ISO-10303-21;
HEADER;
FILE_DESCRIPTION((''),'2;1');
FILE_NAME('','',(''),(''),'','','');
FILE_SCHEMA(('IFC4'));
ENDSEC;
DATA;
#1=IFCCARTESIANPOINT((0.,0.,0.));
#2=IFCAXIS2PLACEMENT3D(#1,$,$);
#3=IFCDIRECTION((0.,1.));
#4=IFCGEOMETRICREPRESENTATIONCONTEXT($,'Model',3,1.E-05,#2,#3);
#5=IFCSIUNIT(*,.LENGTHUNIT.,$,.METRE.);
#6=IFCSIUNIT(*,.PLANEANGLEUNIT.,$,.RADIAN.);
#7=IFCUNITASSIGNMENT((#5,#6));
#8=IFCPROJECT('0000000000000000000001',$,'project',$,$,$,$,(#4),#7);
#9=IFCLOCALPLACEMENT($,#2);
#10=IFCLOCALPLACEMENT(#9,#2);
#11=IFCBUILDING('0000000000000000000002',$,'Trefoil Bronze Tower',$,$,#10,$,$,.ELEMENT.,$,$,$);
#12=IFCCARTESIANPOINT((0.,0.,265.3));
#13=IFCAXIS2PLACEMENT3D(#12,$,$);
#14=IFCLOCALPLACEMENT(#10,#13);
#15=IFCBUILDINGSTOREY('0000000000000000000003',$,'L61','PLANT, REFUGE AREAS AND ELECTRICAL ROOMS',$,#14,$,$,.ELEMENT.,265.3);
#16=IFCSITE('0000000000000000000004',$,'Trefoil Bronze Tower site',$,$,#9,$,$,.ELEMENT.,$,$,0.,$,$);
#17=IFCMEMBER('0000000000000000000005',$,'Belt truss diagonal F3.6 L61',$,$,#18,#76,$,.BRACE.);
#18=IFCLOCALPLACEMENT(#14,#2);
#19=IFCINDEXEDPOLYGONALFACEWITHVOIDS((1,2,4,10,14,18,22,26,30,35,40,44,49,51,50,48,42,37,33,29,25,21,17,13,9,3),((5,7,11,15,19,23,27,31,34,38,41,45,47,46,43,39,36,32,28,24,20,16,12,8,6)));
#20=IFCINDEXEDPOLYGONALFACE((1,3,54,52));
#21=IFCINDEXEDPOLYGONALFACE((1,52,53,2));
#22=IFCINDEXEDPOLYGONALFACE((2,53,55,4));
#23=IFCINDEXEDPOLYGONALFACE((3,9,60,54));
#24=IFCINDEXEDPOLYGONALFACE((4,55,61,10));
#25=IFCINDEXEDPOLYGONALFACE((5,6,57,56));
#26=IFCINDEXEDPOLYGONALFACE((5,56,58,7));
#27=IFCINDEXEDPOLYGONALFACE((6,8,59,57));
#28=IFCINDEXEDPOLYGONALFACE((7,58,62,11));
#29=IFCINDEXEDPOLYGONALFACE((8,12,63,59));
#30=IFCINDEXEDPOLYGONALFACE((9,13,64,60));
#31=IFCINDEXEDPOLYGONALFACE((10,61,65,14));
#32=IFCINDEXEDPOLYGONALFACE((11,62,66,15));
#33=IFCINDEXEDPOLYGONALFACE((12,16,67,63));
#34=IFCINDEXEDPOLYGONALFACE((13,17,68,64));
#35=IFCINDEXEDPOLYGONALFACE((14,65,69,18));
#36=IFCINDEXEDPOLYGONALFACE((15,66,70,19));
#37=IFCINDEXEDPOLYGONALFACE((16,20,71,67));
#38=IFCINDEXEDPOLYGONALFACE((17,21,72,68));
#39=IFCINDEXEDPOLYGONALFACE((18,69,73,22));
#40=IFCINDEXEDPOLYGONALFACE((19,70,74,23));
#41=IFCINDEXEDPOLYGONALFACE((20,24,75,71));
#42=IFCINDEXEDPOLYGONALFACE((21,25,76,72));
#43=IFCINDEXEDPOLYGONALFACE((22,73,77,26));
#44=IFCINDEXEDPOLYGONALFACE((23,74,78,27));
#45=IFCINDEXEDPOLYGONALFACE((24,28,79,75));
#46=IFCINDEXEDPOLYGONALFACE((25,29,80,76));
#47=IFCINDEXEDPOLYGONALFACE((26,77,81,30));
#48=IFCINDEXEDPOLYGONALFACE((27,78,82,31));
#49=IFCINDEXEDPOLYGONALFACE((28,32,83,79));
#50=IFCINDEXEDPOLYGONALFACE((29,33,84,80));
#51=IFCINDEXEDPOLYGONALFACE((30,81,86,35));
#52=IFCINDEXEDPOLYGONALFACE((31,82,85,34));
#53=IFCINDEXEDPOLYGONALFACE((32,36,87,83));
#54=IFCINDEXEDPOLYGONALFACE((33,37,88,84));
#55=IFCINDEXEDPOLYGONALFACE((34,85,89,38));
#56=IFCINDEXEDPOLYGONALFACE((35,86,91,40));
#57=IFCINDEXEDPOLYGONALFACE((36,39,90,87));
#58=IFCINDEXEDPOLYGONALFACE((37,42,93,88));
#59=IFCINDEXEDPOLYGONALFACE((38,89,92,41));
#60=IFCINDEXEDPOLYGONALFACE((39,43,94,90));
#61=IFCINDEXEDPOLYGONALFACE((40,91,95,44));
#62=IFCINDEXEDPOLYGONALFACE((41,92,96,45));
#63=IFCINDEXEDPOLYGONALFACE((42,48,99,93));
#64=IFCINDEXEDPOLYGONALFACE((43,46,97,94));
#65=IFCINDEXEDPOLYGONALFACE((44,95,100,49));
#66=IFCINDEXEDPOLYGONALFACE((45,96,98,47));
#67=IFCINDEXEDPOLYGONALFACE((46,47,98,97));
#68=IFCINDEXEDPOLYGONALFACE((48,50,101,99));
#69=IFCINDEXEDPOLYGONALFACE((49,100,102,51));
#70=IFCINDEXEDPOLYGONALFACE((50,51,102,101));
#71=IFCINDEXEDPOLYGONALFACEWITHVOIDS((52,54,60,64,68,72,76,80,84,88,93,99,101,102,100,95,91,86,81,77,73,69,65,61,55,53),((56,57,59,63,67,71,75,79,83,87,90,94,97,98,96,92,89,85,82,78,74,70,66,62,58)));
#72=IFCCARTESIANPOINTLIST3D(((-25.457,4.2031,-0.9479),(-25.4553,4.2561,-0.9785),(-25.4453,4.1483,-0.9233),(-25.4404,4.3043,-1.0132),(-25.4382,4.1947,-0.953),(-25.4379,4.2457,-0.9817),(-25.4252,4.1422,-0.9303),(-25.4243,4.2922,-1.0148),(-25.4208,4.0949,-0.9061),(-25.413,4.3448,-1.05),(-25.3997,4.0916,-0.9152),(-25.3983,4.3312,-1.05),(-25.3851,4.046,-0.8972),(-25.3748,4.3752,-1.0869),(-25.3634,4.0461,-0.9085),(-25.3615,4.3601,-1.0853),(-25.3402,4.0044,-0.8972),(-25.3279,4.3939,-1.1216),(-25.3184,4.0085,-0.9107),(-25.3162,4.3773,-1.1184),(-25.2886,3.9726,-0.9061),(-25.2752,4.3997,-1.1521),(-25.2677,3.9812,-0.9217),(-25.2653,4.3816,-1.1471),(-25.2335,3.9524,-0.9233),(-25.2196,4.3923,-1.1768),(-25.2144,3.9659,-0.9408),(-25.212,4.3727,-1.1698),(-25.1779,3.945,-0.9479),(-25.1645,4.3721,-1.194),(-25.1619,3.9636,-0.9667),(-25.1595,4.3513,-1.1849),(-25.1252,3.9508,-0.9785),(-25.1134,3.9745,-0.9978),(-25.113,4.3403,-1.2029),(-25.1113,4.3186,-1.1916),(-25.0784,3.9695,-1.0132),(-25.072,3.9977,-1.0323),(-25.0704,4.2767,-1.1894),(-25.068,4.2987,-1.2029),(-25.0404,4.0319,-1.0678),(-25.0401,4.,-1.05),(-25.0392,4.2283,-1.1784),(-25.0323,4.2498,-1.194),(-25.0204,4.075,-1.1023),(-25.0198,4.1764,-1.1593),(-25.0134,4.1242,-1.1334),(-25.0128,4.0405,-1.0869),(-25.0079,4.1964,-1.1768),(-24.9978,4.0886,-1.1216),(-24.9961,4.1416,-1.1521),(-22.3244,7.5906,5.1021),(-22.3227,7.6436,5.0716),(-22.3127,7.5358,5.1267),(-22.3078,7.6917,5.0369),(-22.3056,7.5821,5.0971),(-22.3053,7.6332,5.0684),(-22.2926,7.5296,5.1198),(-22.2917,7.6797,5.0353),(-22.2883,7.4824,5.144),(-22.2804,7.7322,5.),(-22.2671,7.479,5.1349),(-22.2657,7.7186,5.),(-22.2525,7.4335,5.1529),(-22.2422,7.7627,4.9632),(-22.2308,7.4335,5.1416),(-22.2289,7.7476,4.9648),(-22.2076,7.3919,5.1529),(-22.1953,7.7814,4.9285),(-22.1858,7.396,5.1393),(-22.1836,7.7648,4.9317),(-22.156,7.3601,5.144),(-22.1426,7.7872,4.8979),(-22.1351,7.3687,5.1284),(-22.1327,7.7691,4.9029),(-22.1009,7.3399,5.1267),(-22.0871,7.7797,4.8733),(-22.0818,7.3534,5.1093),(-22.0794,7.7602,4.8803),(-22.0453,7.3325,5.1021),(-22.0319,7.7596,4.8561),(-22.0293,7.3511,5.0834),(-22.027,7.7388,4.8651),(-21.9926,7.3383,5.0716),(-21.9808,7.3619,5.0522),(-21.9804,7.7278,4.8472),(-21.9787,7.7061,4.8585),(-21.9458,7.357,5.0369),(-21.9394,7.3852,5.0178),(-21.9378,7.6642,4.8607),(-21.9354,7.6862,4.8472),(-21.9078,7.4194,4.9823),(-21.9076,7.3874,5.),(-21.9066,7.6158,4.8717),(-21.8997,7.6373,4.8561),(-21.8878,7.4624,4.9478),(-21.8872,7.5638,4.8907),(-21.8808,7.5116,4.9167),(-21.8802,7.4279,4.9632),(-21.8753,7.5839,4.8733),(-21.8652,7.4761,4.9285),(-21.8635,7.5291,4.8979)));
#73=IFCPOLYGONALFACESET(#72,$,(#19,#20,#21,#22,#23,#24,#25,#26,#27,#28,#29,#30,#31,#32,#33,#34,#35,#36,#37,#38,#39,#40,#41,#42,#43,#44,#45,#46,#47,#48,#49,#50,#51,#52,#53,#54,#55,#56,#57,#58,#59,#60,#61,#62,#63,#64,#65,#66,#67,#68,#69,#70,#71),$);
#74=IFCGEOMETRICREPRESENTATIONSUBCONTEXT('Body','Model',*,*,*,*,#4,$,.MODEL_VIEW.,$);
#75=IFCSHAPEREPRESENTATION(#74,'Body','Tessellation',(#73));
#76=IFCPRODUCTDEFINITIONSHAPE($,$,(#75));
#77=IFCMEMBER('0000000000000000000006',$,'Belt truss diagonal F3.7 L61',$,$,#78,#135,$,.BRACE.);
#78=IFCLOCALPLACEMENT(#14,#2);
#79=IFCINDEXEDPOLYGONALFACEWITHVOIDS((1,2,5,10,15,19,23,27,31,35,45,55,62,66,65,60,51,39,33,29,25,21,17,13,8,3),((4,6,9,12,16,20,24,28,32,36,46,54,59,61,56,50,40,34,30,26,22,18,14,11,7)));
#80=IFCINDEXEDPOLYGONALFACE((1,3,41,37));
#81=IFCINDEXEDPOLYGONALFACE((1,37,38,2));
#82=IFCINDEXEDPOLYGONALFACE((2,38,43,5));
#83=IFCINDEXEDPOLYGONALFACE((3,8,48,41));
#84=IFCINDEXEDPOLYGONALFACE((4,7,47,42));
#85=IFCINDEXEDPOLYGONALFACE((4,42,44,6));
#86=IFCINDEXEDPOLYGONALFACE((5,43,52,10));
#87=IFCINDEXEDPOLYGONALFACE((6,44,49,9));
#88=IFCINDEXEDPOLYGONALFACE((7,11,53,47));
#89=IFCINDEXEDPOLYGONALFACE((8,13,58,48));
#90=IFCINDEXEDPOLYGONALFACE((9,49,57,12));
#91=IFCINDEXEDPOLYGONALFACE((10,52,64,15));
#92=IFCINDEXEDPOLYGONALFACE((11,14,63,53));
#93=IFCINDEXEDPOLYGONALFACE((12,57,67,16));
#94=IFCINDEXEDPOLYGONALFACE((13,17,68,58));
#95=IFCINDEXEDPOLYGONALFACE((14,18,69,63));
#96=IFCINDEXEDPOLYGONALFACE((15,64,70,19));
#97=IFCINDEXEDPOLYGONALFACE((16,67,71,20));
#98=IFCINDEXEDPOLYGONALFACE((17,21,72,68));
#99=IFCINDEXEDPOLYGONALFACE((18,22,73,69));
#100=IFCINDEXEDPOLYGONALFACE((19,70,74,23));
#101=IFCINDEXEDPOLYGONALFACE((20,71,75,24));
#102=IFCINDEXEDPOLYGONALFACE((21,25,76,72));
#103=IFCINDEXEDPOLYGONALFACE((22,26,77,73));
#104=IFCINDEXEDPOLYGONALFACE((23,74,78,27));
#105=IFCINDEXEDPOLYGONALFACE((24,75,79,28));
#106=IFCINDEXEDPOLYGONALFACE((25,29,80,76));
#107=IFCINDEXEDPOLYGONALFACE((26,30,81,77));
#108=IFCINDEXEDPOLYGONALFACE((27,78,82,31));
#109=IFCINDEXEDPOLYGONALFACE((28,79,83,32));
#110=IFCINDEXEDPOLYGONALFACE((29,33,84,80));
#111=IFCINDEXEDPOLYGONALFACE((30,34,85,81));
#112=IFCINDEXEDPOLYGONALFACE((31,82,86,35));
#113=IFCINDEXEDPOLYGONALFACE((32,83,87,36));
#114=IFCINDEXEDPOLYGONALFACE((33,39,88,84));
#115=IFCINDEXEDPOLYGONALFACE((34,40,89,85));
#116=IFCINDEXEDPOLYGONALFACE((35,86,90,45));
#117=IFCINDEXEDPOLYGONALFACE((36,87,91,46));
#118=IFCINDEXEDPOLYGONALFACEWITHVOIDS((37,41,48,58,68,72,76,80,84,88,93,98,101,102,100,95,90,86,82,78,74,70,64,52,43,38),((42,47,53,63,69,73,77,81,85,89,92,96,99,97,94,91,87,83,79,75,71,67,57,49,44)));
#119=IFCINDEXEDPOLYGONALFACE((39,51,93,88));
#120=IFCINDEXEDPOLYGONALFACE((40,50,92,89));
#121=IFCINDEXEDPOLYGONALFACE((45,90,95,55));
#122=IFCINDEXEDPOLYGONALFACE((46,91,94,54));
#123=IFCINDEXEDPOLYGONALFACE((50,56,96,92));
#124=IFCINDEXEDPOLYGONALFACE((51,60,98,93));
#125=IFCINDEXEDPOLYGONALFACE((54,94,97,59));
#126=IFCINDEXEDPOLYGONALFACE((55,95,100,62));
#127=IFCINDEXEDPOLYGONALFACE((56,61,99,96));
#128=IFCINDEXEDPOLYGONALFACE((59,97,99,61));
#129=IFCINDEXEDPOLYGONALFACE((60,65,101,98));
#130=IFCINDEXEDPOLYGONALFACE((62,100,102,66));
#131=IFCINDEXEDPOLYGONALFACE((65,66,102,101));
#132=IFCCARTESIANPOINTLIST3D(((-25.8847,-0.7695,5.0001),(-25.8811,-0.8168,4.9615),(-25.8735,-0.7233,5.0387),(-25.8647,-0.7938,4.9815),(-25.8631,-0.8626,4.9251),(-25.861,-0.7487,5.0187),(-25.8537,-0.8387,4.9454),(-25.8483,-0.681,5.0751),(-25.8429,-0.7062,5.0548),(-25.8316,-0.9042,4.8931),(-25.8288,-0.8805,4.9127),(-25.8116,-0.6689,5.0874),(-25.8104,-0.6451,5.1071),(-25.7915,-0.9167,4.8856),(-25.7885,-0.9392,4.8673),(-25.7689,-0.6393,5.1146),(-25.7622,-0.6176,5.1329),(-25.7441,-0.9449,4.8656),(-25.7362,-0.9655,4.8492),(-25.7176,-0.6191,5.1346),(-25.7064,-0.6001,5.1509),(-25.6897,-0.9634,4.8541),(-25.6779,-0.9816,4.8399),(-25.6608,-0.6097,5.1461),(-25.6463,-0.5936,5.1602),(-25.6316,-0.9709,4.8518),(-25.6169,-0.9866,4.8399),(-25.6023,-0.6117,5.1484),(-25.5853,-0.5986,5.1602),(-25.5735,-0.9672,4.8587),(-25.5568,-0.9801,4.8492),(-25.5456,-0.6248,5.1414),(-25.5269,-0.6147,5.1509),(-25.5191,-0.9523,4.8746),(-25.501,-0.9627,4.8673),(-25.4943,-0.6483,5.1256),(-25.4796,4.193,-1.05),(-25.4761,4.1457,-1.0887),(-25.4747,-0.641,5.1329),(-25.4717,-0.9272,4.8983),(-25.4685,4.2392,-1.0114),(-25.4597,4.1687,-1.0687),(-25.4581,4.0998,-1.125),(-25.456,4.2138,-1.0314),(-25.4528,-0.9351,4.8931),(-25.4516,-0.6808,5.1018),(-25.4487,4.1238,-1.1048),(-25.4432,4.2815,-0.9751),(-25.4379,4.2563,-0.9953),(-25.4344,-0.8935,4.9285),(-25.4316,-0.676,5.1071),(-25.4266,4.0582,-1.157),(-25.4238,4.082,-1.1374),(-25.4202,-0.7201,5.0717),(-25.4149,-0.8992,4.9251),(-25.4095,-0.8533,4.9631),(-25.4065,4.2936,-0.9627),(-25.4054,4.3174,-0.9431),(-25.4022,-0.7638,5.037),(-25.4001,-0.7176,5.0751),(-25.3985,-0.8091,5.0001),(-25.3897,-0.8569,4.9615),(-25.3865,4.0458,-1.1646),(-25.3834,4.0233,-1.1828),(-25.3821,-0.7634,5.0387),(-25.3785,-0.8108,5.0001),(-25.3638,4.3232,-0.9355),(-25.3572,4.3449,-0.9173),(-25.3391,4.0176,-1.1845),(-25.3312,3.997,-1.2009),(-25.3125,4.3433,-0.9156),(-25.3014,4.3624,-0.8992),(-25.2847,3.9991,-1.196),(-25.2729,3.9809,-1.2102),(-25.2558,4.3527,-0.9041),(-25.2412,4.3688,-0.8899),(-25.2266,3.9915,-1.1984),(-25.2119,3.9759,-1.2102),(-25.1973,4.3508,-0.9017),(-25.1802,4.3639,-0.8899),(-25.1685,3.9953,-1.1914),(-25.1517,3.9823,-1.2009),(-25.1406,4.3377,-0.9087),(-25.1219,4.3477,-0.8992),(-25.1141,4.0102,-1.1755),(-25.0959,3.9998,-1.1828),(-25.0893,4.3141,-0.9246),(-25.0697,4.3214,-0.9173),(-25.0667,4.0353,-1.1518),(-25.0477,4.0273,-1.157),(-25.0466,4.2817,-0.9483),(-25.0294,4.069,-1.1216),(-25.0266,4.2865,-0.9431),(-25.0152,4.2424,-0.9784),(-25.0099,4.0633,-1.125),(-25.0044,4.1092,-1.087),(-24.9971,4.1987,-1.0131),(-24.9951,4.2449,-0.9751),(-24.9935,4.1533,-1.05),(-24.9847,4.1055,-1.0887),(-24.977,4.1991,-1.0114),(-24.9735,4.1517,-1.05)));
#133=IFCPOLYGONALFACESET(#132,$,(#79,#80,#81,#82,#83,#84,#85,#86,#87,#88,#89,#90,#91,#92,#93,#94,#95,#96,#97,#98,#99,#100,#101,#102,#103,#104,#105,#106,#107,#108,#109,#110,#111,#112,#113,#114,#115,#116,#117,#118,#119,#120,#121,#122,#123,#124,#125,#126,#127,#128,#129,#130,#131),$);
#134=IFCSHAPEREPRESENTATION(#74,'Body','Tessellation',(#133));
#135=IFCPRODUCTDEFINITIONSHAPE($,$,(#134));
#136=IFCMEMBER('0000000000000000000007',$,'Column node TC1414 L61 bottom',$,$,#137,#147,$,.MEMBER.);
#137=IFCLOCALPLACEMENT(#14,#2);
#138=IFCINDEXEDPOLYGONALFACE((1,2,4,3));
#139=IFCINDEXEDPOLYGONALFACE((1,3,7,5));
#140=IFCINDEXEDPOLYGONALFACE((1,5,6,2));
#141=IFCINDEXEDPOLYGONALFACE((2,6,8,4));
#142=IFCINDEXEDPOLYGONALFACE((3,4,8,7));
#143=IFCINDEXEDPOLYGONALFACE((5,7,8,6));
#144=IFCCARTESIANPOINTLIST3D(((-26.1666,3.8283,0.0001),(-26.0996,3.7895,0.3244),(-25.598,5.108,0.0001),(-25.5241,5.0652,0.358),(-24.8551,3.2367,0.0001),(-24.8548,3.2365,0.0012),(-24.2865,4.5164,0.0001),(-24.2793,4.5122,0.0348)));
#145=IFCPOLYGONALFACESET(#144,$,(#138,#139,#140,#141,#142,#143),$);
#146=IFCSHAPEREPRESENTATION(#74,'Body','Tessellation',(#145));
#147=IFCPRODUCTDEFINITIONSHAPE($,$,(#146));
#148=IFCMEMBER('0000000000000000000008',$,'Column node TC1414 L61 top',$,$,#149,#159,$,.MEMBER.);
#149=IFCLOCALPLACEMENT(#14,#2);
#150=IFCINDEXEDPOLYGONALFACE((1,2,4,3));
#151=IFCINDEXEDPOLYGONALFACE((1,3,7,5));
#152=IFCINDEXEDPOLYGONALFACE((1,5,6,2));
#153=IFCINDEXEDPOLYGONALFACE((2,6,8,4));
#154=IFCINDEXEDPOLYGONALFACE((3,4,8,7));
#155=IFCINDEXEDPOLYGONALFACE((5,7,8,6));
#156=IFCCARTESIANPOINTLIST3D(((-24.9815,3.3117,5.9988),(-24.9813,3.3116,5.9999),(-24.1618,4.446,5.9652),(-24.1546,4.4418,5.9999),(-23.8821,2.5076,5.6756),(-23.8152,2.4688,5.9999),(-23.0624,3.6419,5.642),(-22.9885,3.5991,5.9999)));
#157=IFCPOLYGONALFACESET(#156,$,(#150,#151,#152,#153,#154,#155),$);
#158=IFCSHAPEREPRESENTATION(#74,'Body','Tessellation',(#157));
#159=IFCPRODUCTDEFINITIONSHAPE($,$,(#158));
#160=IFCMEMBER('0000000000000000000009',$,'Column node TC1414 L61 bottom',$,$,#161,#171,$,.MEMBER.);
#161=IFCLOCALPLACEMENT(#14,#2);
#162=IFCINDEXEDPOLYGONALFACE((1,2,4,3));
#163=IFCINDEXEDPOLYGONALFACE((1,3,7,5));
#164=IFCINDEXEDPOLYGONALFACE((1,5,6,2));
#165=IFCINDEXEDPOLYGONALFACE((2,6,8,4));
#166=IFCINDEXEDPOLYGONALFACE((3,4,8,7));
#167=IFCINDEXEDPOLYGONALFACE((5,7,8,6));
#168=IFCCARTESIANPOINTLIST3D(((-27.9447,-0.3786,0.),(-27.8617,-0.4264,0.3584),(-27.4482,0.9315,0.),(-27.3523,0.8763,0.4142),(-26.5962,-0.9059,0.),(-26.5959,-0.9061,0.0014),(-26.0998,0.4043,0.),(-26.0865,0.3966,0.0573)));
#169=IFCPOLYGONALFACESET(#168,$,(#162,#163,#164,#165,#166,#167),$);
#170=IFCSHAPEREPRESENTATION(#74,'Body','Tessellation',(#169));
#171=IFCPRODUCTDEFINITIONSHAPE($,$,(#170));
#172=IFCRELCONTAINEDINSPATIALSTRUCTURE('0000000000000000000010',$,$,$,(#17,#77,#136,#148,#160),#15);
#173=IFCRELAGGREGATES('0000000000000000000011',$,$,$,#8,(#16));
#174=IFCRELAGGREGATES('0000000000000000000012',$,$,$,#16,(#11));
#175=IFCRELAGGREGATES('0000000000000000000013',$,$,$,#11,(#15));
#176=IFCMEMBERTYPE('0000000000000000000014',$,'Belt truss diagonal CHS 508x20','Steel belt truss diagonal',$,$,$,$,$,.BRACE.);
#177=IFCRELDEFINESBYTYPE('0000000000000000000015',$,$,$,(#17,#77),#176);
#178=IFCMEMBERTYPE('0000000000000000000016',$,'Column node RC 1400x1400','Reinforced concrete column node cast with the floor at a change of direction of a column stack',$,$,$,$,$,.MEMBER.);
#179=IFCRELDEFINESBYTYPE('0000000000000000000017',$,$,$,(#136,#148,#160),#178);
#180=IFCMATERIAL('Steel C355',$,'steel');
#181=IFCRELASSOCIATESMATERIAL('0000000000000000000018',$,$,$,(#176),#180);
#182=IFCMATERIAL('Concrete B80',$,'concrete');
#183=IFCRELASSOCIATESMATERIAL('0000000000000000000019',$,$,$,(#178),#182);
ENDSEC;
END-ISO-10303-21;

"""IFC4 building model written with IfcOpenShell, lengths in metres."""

from ifc_helpers import new_model, si_unit, direction, frame, origin, origin_2d, place, context, subcontext, project, spatial, rectangle, hollow_circle, extrude, clip, halfspace, material, material_profile, profile_set, type_object, element, save


model = new_model("IFC4")

# Units and contexts
model_context = context("Model", 3, precision=1e-05, world=origin(), true_north=direction((0.0, 1.0)))
body_context = subcontext(model_context, "Body", "Model", "MODEL_VIEW")
ifc_project = project(units=[si_unit("LENGTHUNIT", "METRE"), si_unit("PLANEANGLEUNIT", "RADIAN")], contexts=[model_context])

# Site, building, storey
site_placement = place(None, origin())
site = spatial("IfcSite", under=ifc_project, at=site_placement, Name="Trefoil Bronze Tower site", CompositionType="ELEMENT", RefElevation=0.0)
building_placement = place(site_placement, origin())
building = spatial("IfcBuilding", under=site, at=building_placement, Name="Trefoil Bronze Tower", CompositionType="ELEMENT")
storey_placement = place(building_placement, frame((0.0, 0.0, 265.3)))
storey = spatial("IfcBuildingStorey", under=building, at=storey_placement, Name="L61", Description="PLANT, REFUGE AREAS AND ELECTRICAL ROOMS", CompositionType="ELEMENT", Elevation=265.3)

# Members
ifc_material_1 = material(Name="Steel C355", Category="steel")
ifc_material_profile_1 = material_profile(ifc_material_1, hollow_circle(Radius=0.2539, WallThickness=0.02, at=origin_2d()), Name="CHS 508x20")
ifc_profile_set_1 = profile_set([ifc_material_profile_1], Name="Steel C355")
member_type_1 = type_object("IfcMemberType", Name="Belt truss diagonal CHS 508x20", Description="Steel belt truss diagonal", PredefinedType="BRACE", material=ifc_profile_set_1)
member_1_placement = place(storey_placement, frame((-25.2266, 4.1724, -1.05), z_axis=(0.411714, 0.445213, 0.795159), x_axis=(-0.734188, 0.678946, 0.0)))
element("IfcMember", 1, at=member_1_placement, inside=storey, type_object=member_type_1, Name="Belt truss diagonal F3.6 L61", PredefinedType="BRACE", context=body_context, shape_type="SweptSolid", body=[
    extrude(hollow_circle(Radius=0.2539, WallThickness=0.02, at=origin_2d()), origin(), (0.0, 0.0, 1.0), 7.6086),
])
member_2_placement = place(storey_placement, frame((-25.2266, 4.1724, -1.05), z_axis=(-0.051693, -0.633336, 0.772149), x_axis=(0.996686, -0.081349, 0.0)))
element("IfcMember", 2, at=member_2_placement, inside=storey, type_object=member_type_1, Name="Belt truss diagonal F3.7 L61", PredefinedType="BRACE", context=body_context, shape_type="SweptSolid", body=[
    extrude(hollow_circle(Radius=0.2539, WallThickness=0.02, at=origin_2d()), origin(), (0.0, 0.0, 1.0), 7.8354),
])
ifc_material_2 = material(Name="Concrete B80", Category="concrete")
ifc_material_profile_2 = material_profile(ifc_material_2, rectangle(XDim=1.3999, YDim=1.3999, at=origin_2d()), Name="RC 1400x1400")
ifc_profile_set_2 = profile_set([ifc_material_profile_2], Name="Concrete B80")
member_type_2 = type_object("IfcMemberType", Name="Column node RC 1400x1400", Description="Reinforced concrete column node cast with the floor at a change of direction of a column stack", PredefinedType="MEMBER", material=ifc_profile_set_2)
member_3_placement = place(storey_placement, frame((-25.2637, 4.1938, -0.1797), z_axis=(0.200881, -0.1163, 0.972688), x_axis=(-0.411098, -0.911274, -0.024056)))
element("IfcMember", 3, at=member_3_placement, inside=storey, type_object=member_type_2, Name="Column node TC1414 L61 bottom", PredefinedType="MEMBER", context=body_context, shape_type="Clipping", body=[
    clip(extrude(rectangle(XDim=1.3999, YDim=1.3999, at=origin_2d()), origin(), (0.0, 0.0, 1.0), 0.3694), halfspace(frame((0.0, 0.0, 0.1848), z_axis=(-0.024056, -0.230868, 0.972688), x_axis=(0.0, 0.972969, 0.230935)), True)),
])
member_4_placement = place(storey_placement, frame((-23.9478, 3.4338, 6.1797), z_axis=(-0.200881, 0.1163, -0.972688), x_axis=(0.585578, 0.810259, -0.024056)))
element("IfcMember", 4, at=member_4_placement, inside=storey, type_object=member_type_2, Name="Column node TC1414 L61 top", PredefinedType="MEMBER", context=body_context, shape_type="Clipping", body=[
    clip(extrude(rectangle(XDim=1.3999, YDim=1.3999, at=origin_2d()), origin(), (0.0, 0.0, 1.0), 0.3694), halfspace(frame((0.0, 0.0, 0.1848), z_axis=(0.024056, 0.230868, 0.972688), x_axis=(0.0, 0.972969, -0.230935)), True)),
])
member_5_placement = place(storey_placement, frame((-27.0703, 0.0405, -0.2078), z_axis=(0.223648, -0.128853, 0.966115), x_axis=(-0.36388, -0.930592, -0.03988)))
element("IfcMember", 5, at=member_5_placement, inside=storey, type_object=member_type_2, Name="Column node TC1414 L61 bottom", PredefinedType="MEMBER", context=body_context, shape_type="Clipping", body=[
    clip(extrude(rectangle(XDim=1.3999, YDim=1.3999, at=origin_2d()), origin(), (0.0, 0.0, 1.0), 0.4302), halfspace(frame((0.0, 0.0, 0.2151), z_axis=(-0.03988, -0.255012, 0.966115), x_axis=(0.0, 0.966884, 0.255215)), True)),
])

save(model, "model.ifc")
